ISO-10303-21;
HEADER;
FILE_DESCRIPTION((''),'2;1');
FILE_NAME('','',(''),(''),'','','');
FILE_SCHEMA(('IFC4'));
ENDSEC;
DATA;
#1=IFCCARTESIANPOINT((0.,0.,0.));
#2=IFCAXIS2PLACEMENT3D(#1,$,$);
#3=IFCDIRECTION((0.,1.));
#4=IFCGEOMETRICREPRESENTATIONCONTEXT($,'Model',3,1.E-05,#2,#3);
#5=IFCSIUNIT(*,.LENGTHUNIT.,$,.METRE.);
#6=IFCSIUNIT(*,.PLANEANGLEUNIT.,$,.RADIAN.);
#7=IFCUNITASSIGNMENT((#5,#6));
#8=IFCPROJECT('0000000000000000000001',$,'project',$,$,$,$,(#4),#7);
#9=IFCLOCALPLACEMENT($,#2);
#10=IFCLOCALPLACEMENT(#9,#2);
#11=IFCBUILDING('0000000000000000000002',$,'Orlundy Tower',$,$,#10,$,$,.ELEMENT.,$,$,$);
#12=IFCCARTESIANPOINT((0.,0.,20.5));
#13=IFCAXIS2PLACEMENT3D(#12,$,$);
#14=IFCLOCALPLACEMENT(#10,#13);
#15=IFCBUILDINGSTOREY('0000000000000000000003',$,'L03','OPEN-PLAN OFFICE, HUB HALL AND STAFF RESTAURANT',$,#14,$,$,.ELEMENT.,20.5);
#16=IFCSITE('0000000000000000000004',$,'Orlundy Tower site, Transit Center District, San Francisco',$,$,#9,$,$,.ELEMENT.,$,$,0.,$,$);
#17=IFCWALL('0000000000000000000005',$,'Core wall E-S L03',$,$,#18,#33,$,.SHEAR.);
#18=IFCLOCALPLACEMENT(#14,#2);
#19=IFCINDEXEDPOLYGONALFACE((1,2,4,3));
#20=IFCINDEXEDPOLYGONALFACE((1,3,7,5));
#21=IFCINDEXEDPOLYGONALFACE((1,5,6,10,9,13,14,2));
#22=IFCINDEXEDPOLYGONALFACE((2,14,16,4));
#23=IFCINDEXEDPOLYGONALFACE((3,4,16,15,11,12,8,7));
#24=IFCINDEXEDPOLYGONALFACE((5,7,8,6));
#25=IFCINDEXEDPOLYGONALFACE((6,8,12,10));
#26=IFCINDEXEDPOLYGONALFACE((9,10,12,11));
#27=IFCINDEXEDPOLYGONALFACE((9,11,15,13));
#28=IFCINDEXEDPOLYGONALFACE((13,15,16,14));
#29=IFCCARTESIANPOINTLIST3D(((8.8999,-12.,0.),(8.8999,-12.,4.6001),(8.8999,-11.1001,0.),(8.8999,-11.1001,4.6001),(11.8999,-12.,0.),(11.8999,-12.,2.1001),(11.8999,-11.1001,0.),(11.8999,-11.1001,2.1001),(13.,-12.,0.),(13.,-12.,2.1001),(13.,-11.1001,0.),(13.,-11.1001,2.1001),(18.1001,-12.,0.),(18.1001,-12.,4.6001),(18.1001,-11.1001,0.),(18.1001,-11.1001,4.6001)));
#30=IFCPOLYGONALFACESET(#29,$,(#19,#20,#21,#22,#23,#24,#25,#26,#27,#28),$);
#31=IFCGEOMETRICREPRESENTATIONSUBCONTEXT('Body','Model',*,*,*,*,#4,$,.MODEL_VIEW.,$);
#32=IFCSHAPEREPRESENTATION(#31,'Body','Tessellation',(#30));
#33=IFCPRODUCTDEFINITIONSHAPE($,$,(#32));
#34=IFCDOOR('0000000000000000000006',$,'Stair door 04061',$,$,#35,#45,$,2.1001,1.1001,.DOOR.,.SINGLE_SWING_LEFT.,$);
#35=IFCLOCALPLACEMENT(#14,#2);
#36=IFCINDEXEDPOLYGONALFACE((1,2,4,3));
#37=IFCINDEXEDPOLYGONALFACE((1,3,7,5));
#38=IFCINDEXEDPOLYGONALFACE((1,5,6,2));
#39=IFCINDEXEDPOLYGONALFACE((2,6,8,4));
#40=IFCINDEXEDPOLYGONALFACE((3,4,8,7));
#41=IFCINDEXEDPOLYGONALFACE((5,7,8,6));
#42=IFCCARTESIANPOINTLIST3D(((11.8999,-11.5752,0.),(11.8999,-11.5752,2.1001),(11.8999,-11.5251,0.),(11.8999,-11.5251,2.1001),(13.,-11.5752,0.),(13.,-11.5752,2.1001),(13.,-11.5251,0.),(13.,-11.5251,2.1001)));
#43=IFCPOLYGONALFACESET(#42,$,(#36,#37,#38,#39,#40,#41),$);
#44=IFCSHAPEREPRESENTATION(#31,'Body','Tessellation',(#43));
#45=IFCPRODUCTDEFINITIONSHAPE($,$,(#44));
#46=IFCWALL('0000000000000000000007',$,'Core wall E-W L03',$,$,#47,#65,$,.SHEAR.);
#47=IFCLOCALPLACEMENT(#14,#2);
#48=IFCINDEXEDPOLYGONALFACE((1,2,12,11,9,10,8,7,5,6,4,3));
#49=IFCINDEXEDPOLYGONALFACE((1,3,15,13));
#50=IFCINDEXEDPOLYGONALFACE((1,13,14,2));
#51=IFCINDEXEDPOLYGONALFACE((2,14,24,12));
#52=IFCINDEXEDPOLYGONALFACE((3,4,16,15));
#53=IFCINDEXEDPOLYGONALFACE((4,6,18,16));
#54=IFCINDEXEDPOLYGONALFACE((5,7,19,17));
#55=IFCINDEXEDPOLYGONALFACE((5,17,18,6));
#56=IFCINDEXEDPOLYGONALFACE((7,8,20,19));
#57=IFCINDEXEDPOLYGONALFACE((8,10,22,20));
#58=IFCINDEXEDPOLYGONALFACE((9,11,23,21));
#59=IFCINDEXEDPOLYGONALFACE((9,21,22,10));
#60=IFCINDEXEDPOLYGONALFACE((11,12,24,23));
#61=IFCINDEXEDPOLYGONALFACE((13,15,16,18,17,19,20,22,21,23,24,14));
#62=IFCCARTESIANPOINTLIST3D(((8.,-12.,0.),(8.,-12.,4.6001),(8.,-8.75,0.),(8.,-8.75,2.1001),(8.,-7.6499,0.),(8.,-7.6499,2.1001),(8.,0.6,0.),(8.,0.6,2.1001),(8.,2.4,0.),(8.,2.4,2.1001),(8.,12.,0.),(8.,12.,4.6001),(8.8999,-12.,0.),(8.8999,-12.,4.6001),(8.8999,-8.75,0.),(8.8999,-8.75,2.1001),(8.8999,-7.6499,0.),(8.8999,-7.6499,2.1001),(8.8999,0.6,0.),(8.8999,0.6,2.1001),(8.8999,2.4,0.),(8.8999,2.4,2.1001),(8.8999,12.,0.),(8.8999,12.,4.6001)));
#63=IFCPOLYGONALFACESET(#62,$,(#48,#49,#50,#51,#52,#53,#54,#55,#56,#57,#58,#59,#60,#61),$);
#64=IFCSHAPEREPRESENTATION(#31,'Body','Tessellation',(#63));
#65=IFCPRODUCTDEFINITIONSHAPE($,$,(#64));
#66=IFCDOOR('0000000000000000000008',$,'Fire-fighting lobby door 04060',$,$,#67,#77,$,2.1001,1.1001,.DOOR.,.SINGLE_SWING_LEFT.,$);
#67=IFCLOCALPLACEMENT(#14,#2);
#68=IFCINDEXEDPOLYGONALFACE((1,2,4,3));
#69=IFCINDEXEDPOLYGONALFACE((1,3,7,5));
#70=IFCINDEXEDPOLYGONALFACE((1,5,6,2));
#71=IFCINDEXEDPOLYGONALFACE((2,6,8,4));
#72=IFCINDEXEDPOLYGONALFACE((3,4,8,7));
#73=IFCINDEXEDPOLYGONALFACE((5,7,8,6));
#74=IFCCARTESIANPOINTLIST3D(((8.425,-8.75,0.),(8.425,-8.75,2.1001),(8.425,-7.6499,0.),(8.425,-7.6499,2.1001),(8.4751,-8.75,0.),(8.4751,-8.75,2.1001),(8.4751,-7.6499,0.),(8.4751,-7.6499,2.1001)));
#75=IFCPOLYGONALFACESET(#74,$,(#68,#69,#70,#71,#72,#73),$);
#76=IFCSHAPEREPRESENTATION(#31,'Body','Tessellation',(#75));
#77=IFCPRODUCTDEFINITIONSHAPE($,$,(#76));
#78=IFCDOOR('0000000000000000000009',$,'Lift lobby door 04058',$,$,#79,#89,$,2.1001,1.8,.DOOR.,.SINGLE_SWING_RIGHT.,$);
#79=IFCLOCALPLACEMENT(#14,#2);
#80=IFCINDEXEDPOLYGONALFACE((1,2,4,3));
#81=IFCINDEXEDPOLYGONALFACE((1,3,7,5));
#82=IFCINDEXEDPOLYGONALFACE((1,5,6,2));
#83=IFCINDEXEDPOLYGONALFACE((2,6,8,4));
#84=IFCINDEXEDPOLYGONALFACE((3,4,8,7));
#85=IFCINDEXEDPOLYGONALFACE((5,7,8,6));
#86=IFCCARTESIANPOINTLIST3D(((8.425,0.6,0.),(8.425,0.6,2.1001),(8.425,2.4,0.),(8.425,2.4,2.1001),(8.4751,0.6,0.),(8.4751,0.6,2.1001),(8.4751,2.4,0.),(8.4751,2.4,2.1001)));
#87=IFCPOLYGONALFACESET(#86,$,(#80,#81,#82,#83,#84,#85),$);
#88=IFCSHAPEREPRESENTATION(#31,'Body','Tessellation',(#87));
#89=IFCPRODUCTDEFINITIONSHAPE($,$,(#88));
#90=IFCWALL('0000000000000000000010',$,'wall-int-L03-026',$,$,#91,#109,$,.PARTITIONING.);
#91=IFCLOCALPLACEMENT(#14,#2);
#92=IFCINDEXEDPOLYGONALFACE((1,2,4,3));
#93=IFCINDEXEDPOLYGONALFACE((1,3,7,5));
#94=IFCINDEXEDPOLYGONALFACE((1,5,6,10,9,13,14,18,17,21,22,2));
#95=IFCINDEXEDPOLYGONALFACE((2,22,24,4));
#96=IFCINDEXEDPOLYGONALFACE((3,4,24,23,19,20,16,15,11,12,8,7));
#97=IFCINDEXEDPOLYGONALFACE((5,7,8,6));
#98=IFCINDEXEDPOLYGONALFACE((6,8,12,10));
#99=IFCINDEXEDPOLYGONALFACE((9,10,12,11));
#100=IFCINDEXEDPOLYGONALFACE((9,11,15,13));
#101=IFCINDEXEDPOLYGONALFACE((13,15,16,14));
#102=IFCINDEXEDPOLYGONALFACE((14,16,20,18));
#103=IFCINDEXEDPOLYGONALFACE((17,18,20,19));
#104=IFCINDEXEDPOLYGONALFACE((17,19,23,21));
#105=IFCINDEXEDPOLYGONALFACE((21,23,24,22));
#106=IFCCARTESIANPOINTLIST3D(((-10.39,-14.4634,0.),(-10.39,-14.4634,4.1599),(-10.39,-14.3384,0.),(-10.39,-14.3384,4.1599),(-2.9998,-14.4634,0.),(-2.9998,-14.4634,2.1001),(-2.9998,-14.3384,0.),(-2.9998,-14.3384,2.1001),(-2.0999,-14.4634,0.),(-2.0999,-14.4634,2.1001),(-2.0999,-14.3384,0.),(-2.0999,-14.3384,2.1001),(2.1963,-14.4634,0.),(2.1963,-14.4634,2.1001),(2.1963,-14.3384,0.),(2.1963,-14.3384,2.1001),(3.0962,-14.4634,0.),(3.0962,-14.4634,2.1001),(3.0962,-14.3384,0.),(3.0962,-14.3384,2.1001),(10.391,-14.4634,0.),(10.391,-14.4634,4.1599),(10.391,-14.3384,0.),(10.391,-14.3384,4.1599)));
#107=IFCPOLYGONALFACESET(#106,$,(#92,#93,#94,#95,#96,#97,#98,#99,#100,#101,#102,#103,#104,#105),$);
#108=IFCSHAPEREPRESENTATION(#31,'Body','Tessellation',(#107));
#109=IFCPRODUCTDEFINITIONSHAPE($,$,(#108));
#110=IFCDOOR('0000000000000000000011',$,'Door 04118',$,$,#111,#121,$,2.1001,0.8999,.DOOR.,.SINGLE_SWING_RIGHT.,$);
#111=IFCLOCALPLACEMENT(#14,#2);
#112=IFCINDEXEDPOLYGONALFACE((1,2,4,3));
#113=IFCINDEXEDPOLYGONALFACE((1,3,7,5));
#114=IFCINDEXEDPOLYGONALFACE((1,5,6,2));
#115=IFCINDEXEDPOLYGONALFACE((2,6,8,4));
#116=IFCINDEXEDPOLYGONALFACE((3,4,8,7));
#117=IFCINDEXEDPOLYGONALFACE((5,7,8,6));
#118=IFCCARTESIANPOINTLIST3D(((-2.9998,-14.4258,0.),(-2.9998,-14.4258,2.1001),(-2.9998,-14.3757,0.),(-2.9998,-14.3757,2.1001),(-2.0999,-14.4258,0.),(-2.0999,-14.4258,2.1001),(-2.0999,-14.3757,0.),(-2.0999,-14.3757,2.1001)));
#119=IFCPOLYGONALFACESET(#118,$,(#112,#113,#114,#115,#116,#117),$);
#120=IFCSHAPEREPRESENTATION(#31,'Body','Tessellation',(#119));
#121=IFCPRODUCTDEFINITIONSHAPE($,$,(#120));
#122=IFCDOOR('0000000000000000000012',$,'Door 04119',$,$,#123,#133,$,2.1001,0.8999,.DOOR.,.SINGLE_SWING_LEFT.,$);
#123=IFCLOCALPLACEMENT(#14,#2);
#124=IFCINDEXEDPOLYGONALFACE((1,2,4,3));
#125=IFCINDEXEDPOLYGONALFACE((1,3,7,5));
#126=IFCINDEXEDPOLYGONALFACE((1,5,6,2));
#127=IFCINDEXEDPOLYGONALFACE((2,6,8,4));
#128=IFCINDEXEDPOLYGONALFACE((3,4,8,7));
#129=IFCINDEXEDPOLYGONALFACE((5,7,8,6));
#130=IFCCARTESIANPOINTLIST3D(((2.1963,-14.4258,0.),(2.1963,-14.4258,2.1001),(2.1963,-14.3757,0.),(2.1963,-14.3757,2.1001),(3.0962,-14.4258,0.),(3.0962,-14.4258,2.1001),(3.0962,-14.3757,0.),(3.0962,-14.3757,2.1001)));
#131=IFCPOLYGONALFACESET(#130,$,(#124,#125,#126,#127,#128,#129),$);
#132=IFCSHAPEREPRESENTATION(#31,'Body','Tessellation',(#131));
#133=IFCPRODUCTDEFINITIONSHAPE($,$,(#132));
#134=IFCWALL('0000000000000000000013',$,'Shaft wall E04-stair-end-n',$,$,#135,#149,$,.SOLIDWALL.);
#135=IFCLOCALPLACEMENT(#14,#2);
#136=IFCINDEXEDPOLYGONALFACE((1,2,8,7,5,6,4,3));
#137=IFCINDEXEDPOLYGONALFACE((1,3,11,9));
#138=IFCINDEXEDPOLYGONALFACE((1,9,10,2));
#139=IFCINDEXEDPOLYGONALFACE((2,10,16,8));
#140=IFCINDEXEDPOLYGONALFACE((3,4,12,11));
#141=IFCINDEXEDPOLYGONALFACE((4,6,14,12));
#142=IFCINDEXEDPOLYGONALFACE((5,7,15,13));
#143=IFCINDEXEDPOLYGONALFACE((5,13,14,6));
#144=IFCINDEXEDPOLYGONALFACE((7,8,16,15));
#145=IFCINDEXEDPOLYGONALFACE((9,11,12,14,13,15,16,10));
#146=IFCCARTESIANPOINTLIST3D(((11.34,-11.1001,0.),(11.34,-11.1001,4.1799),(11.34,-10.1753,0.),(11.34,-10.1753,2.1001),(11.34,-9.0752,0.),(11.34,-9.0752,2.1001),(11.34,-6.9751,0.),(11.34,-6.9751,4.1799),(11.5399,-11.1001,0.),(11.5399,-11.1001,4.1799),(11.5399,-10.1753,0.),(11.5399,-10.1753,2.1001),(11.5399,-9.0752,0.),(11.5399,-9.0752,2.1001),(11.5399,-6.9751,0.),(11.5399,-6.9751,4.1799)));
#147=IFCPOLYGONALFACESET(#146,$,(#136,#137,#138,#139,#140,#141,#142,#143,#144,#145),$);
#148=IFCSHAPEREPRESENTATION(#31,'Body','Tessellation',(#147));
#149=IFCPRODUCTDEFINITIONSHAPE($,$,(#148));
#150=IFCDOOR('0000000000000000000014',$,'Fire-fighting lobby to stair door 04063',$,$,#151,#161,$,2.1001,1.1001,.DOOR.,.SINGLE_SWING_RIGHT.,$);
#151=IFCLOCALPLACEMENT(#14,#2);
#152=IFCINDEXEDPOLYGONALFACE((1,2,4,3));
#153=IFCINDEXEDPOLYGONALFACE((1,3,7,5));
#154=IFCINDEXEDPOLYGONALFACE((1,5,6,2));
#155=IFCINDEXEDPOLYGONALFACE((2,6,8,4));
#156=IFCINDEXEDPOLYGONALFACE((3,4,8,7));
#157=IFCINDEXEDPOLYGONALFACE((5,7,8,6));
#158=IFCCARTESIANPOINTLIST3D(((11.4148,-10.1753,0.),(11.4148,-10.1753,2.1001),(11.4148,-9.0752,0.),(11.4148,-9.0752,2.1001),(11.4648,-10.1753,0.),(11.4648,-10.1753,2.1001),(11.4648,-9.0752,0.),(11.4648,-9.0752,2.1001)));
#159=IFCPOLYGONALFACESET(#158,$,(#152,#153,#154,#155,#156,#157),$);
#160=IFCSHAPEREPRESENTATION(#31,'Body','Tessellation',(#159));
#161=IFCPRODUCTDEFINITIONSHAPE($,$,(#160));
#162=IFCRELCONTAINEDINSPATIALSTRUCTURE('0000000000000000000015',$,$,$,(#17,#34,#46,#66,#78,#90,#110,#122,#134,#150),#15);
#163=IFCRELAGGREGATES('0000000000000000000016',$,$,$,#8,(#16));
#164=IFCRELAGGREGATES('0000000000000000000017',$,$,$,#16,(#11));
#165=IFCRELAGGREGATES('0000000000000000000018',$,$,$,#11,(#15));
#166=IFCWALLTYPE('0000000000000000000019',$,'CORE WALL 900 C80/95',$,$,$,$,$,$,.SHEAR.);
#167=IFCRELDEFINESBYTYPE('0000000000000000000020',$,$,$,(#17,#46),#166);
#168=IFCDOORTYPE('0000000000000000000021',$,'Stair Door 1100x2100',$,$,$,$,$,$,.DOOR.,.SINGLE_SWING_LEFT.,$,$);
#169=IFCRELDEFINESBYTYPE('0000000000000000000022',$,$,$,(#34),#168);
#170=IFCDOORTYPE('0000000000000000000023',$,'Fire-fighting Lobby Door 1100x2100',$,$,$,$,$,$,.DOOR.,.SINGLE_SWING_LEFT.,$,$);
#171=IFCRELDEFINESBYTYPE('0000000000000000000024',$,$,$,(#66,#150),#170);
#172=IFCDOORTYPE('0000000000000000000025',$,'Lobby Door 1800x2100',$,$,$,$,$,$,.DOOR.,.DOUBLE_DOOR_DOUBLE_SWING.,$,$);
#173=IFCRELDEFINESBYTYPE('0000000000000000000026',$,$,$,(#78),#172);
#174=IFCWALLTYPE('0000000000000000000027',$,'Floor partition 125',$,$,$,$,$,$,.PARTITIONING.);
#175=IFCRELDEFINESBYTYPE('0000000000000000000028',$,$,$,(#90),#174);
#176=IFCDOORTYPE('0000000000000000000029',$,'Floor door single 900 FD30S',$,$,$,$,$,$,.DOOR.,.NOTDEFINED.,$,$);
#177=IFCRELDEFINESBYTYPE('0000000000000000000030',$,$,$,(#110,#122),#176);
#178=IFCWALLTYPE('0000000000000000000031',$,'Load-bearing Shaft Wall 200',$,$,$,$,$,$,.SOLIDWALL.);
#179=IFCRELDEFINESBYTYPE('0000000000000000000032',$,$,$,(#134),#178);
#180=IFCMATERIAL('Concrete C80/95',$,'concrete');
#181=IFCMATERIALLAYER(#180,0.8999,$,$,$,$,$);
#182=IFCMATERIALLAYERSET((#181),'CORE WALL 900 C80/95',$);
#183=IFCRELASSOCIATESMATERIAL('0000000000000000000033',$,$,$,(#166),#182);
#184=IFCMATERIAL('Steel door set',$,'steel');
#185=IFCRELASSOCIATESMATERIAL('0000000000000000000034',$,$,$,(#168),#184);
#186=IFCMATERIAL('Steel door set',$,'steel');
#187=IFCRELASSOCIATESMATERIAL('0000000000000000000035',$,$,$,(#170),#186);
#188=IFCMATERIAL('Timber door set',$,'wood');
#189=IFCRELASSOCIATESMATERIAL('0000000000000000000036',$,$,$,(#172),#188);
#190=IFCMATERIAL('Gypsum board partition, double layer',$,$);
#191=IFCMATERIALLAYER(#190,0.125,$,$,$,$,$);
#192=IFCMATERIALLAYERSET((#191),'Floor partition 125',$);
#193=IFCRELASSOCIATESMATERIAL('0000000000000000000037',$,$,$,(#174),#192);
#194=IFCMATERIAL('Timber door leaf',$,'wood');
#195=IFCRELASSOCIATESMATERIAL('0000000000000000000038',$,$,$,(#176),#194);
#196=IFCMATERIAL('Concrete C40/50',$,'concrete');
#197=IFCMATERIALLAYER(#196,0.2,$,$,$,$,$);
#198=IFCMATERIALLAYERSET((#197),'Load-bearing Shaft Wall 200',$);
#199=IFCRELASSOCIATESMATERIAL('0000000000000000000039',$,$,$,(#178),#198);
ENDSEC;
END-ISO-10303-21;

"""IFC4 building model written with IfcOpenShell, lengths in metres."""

from ifc_helpers import new_model, si_unit, direction, frame, frame_2d, origin, place, context, subcontext, project, spatial, rectangle, extrude, material, layer, layer_set, type_object, element, fill, save


model = new_model("IFC4")

# Units and contexts
model_context = context("Model", 3, precision=1e-05, world=origin(), true_north=direction((0.0, 1.0)))
body_context = subcontext(model_context, "Body", "Model", "MODEL_VIEW")
ifc_project = project(units=[si_unit("LENGTHUNIT", "METRE"), si_unit("PLANEANGLEUNIT", "RADIAN")], contexts=[model_context])

# Site, building, storey
site_placement = place(None, origin())
site = spatial("IfcSite", under=ifc_project, at=site_placement, Name="Orlundy Tower site, Transit Center District, San Francisco", CompositionType="ELEMENT", RefElevation=0.0)
building_placement = place(site_placement, origin())
building = spatial("IfcBuilding", under=site, at=building_placement, Name="Orlundy Tower", CompositionType="ELEMENT")
storey_placement = place(building_placement, frame((0.0, 0.0, 20.5)))
storey = spatial("IfcBuildingStorey", under=building, at=storey_placement, Name="L03", Description="OPEN-PLAN OFFICE, HUB HALL AND STAFF RESTAURANT", CompositionType="ELEMENT", Elevation=20.5)

# Wall, opening, door
ifc_material_1 = material(Name="Concrete C80/95", Category="concrete")
ifc_layer_1 = layer(ifc_material_1, 0.8999)
ifc_layer_set_1 = layer_set([ifc_layer_1], Name="CORE WALL 900 C80/95")
wall_type_1 = type_object("IfcWallType", Name="CORE WALL 900 C80/95", PredefinedType="SHEAR", material=ifc_layer_set_1)
wall_1_placement = place(storey_placement, frame((8.8999, -11.55, 0.0), z_axis=(0.0, 0.0, 1.0), x_axis=(1.0, 0.0, 0.0)))
wall_1 = element("IfcWall", 1, at=wall_1_placement, inside=storey, type_object=wall_type_1, Name="Core wall E-S L03", PredefinedType="SHEAR", context=body_context, shape_type="SweptSolid", body=[
    extrude(rectangle(XDim=9.2002, YDim=0.8999, at=frame_2d((4.6001, 0.0))), origin(), (0.0, 0.0, 1.0), 4.6001),
])
opening_1_placement = place(wall_1_placement, frame((3.0, 0.0, 0.0)))
opening_1 = element("IfcOpeningElement", 2, at=opening_1_placement, cuts=wall_1, PredefinedType="OPENING", context=body_context, shape_type="SweptSolid", body=[
    extrude(rectangle(XDim=1.1001, YDim=2.1001, at=frame_2d((0.55, 1.05))), frame((0.0, 0.46, 0.0), z_axis=(0.0, -1.0, 0.0), x_axis=(1.0, 0.0, 0.0)), (0.0, 0.0, 1.0), 0.9199),
])
ifc_material_2 = material(Name="Steel door set", Category="steel")
door_type_1 = type_object("IfcDoorType", Name="Stair Door 1100x2100", OperationType="SINGLE_SWING_LEFT", PredefinedType="DOOR", material=ifc_material_2)
door_1_placement = place(opening_1_placement, origin())
door_1 = element("IfcDoor", 3, at=door_1_placement, inside=storey, type_object=door_type_1, Name="Stair door 04061", OperationType="SINGLE_SWING_LEFT", OverallHeight=2.1001, OverallWidth=1.1001, PredefinedType="DOOR", context=body_context, shape_type="SweptSolid", body=[
    extrude(rectangle(XDim=1.1001, YDim=2.1001, at=frame_2d((0.55, 1.05))), frame((0.0, 0.0249, 0.0), z_axis=(0.0, -1.0, 0.0), x_axis=(1.0, 0.0, 0.0)), (0.0, 0.0, 1.0), 0.05),
])
fill(opening_1, door_1)

# Walls, openings, doors
wall_2_placement = place(storey_placement, frame((8.45, -12.0, 0.0), z_axis=(0.0, 0.0, 1.0), x_axis=(0.0, 1.0, 0.0)))
wall_2 = element("IfcWall", 4, at=wall_2_placement, inside=storey, type_object=wall_type_1, Name="Core wall E-W L03", PredefinedType="SHEAR", context=body_context, shape_type="SweptSolid", body=[
    extrude(rectangle(XDim=24.0, YDim=0.8999, at=frame_2d((12.0, 0.0))), origin(), (0.0, 0.0, 1.0), 4.6001),
])
opening_2_placement = place(wall_2_placement, frame((12.6001, 0.0, 0.0)))
opening_2 = element("IfcOpeningElement", 5, at=opening_2_placement, cuts=wall_2, PredefinedType="OPENING", context=body_context, shape_type="SweptSolid", body=[
    extrude(rectangle(XDim=1.8, YDim=2.1001, at=frame_2d((0.8999, 1.05))), frame((0.0, 0.46, 0.0), z_axis=(0.0, -1.0, 0.0), x_axis=(1.0, 0.0, 0.0)), (0.0, 0.0, 1.0), 0.9199),
])
opening_3_placement = place(wall_2_placement, frame((3.25, 0.0, 0.0)))
opening_3 = element("IfcOpeningElement", 6, at=opening_3_placement, cuts=wall_2, PredefinedType="OPENING", context=body_context, shape_type="SweptSolid", body=[
    extrude(rectangle(XDim=1.1001, YDim=2.1001, at=frame_2d((0.55, 1.05))), frame((0.0, 0.46, 0.0), z_axis=(0.0, -1.0, 0.0), x_axis=(1.0, 0.0, 0.0)), (0.0, 0.0, 1.0), 0.9199),
])
ifc_material_3 = material(Name="Steel door set", Category="steel")
door_type_2 = type_object("IfcDoorType", Name="Fire-fighting Lobby Door 1100x2100", OperationType="SINGLE_SWING_LEFT", PredefinedType="DOOR", material=ifc_material_3)
door_2_placement = place(opening_3_placement, origin())
door_2 = element("IfcDoor", 7, at=door_2_placement, inside=storey, type_object=door_type_2, Name="Fire-fighting lobby door 04060", OperationType="SINGLE_SWING_LEFT", OverallHeight=2.1001, OverallWidth=1.1001, PredefinedType="DOOR", context=body_context, shape_type="SweptSolid", body=[
    extrude(rectangle(XDim=1.1001, YDim=2.1001, at=frame_2d((0.55, 1.05))), frame((0.0, 0.0249, 0.0), z_axis=(0.0, -1.0, 0.0), x_axis=(1.0, 0.0, 0.0)), (0.0, 0.0, 1.0), 0.05),
])
fill(opening_3, door_2)
ifc_material_4 = material(Name="Timber door set", Category="wood")
door_type_3 = type_object("IfcDoorType", Name="Lobby Door 1800x2100", OperationType="DOUBLE_DOOR_DOUBLE_SWING", PredefinedType="DOOR", material=ifc_material_4)
door_3_placement = place(opening_2_placement, origin())
door_3 = element("IfcDoor", 8, at=door_3_placement, inside=storey, type_object=door_type_3, Name="Lift lobby door 04058", OperationType="SINGLE_SWING_RIGHT", OverallHeight=2.1001, OverallWidth=1.8, PredefinedType="DOOR", context=body_context, shape_type="SweptSolid", body=[
    extrude(rectangle(XDim=1.8, YDim=2.1001, at=frame_2d((0.8999, 1.05))), frame((0.0, 0.0249, 0.0), z_axis=(0.0, -1.0, 0.0), x_axis=(1.0, 0.0, 0.0)), (0.0, 0.0, 1.0), 0.05),
])
fill(opening_2, door_3)
ifc_material_5 = material(Name="Gypsum board partition, double layer")
ifc_layer_2 = layer(ifc_material_5, 0.125)
ifc_layer_set_2 = layer_set([ifc_layer_2], Name="Floor partition 125")
wall_type_2 = type_object("IfcWallType", Name="Floor partition 125", PredefinedType="PARTITIONING", material=ifc_layer_set_2)
wall_3_placement = place(storey_placement, frame((10.3911, -14.4009, 0.0), z_axis=(0.0, 0.0, 1.0), x_axis=(-1.0, 0.0, 0.0)))
wall_3 = element("IfcWall", 9, at=wall_3_placement, inside=storey, type_object=wall_type_2, Name="wall-int-L03-026", PredefinedType="PARTITIONING", context=body_context, shape_type="SweptSolid", body=[
    extrude(rectangle(XDim=20.781, YDim=0.125, at=frame_2d((10.3906, 0.0))), origin(), (0.0, 0.0, 1.0), 4.1599),
])
opening_4_placement = place(wall_3_placement, frame((12.491, 0.0, 0.0)))
opening_4 = element("IfcOpeningElement", 10, at=opening_4_placement, cuts=wall_3, PredefinedType="OPENING", context=body_context, shape_type="SweptSolid", body=[
    extrude(rectangle(XDim=0.8999, YDim=2.1001, at=frame_2d((0.45, 1.05))), frame((0.0, 0.0725, 0.0), z_axis=(0.0, -1.0, 0.0), x_axis=(1.0, 0.0, 0.0)), (0.0, 0.0, 1.0), 0.145),
])
opening_5_placement = place(wall_3_placement, frame((7.2949, 0.0, 0.0)))
opening_5 = element("IfcOpeningElement", 11, at=opening_5_placement, cuts=wall_3, PredefinedType="OPENING", context=body_context, shape_type="SweptSolid", body=[
    extrude(rectangle(XDim=0.8999, YDim=2.1001, at=frame_2d((0.45, 1.05))), frame((0.0, 0.0725, 0.0), z_axis=(0.0, -1.0, 0.0), x_axis=(1.0, 0.0, 0.0)), (0.0, 0.0, 1.0), 0.145),
])
ifc_material_6 = material(Name="Timber door leaf", Category="wood")
door_type_4 = type_object("IfcDoorType", Name="Floor door single 900 FD30S", OperationType="NOTDEFINED", PredefinedType="DOOR", material=ifc_material_6)
door_4_placement = place(opening_4_placement, origin())
door_4 = element("IfcDoor", 12, at=door_4_placement, inside=storey, type_object=door_type_4, Name="Door 04118", OperationType="SINGLE_SWING_RIGHT", OverallHeight=2.1001, OverallWidth=0.8999, PredefinedType="DOOR", context=body_context, shape_type="SweptSolid", body=[
    extrude(rectangle(XDim=0.8999, YDim=2.1001, at=frame_2d((0.45, 1.05))), frame((0.0, 0.0249, 0.0), z_axis=(0.0, -1.0, 0.0), x_axis=(1.0, 0.0, 0.0)), (0.0, 0.0, 1.0), 0.05),
])
fill(opening_4, door_4)
door_5_placement = place(opening_5_placement, origin())
door_5 = element("IfcDoor", 13, at=door_5_placement, inside=storey, type_object=door_type_4, Name="Door 04119", OperationType="SINGLE_SWING_LEFT", OverallHeight=2.1001, OverallWidth=0.8999, PredefinedType="DOOR", context=body_context, shape_type="SweptSolid", body=[
    extrude(rectangle(XDim=0.8999, YDim=2.1001, at=frame_2d((0.45, 1.05))), frame((0.0, 0.0249, 0.0), z_axis=(0.0, -1.0, 0.0), x_axis=(1.0, 0.0, 0.0)), (0.0, 0.0, 1.0), 0.05),
])
fill(opening_5, door_5)

# Wall, opening, door
ifc_material_7 = material(Name="Concrete C40/50", Category="concrete")
ifc_layer_3 = layer(ifc_material_7, 0.2)
ifc_layer_set_3 = layer_set([ifc_layer_3], Name="Load-bearing Shaft Wall 200")
wall_type_3 = type_object("IfcWallType", Name="Load-bearing Shaft Wall 200", PredefinedType="SOLIDWALL", material=ifc_layer_set_3)
wall_4_placement = place(storey_placement, frame((11.4399, -6.9751, 0.0), z_axis=(0.0, 0.0, 1.0), x_axis=(0.0, -1.0, 0.0)))
wall_4 = element("IfcWall", 14, at=wall_4_placement, inside=storey, type_object=wall_type_3, Name="Shaft wall E04-stair-end-n", PredefinedType="SOLIDWALL", context=body_context, shape_type="SweptSolid", body=[
    extrude(rectangle(XDim=4.125, YDim=0.2, at=frame_2d((2.0625, 0.0))), origin(), (0.0, 0.0, 1.0), 4.1799),
])
opening_6_placement = place(wall_4_placement, frame((2.1001, 0.0, 0.0)))
opening_6 = element("IfcOpeningElement", 15, at=opening_6_placement, cuts=wall_4, PredefinedType="OPENING", context=body_context, shape_type="SweptSolid", body=[
    extrude(rectangle(XDim=1.1001, YDim=2.1001, at=frame_2d((0.55, 1.05))), frame((0.0, 0.1101, 0.0), z_axis=(0.0, -1.0, 0.0), x_axis=(1.0, 0.0, 0.0)), (0.0, 0.0, 1.0), 0.2202),
])
door_6_placement = place(opening_6_placement, origin())
door_6 = element("IfcDoor", 16, at=door_6_placement, inside=storey, type_object=door_type_2, Name="Fire-fighting lobby to stair door 04063", OperationType="SINGLE_SWING_RIGHT", OverallHeight=2.1001, OverallWidth=1.1001, PredefinedType="DOOR", context=body_context, shape_type="SweptSolid", body=[
    extrude(rectangle(XDim=1.1001, YDim=2.1001, at=frame_2d((0.55, 1.05))), frame((0.0, 0.0249, 0.0), z_axis=(0.0, -1.0, 0.0), x_axis=(1.0, 0.0, 0.0)), (0.0, 0.0, 1.0), 0.05),
])
fill(opening_6, door_6)

save(model, "model.ifc")
